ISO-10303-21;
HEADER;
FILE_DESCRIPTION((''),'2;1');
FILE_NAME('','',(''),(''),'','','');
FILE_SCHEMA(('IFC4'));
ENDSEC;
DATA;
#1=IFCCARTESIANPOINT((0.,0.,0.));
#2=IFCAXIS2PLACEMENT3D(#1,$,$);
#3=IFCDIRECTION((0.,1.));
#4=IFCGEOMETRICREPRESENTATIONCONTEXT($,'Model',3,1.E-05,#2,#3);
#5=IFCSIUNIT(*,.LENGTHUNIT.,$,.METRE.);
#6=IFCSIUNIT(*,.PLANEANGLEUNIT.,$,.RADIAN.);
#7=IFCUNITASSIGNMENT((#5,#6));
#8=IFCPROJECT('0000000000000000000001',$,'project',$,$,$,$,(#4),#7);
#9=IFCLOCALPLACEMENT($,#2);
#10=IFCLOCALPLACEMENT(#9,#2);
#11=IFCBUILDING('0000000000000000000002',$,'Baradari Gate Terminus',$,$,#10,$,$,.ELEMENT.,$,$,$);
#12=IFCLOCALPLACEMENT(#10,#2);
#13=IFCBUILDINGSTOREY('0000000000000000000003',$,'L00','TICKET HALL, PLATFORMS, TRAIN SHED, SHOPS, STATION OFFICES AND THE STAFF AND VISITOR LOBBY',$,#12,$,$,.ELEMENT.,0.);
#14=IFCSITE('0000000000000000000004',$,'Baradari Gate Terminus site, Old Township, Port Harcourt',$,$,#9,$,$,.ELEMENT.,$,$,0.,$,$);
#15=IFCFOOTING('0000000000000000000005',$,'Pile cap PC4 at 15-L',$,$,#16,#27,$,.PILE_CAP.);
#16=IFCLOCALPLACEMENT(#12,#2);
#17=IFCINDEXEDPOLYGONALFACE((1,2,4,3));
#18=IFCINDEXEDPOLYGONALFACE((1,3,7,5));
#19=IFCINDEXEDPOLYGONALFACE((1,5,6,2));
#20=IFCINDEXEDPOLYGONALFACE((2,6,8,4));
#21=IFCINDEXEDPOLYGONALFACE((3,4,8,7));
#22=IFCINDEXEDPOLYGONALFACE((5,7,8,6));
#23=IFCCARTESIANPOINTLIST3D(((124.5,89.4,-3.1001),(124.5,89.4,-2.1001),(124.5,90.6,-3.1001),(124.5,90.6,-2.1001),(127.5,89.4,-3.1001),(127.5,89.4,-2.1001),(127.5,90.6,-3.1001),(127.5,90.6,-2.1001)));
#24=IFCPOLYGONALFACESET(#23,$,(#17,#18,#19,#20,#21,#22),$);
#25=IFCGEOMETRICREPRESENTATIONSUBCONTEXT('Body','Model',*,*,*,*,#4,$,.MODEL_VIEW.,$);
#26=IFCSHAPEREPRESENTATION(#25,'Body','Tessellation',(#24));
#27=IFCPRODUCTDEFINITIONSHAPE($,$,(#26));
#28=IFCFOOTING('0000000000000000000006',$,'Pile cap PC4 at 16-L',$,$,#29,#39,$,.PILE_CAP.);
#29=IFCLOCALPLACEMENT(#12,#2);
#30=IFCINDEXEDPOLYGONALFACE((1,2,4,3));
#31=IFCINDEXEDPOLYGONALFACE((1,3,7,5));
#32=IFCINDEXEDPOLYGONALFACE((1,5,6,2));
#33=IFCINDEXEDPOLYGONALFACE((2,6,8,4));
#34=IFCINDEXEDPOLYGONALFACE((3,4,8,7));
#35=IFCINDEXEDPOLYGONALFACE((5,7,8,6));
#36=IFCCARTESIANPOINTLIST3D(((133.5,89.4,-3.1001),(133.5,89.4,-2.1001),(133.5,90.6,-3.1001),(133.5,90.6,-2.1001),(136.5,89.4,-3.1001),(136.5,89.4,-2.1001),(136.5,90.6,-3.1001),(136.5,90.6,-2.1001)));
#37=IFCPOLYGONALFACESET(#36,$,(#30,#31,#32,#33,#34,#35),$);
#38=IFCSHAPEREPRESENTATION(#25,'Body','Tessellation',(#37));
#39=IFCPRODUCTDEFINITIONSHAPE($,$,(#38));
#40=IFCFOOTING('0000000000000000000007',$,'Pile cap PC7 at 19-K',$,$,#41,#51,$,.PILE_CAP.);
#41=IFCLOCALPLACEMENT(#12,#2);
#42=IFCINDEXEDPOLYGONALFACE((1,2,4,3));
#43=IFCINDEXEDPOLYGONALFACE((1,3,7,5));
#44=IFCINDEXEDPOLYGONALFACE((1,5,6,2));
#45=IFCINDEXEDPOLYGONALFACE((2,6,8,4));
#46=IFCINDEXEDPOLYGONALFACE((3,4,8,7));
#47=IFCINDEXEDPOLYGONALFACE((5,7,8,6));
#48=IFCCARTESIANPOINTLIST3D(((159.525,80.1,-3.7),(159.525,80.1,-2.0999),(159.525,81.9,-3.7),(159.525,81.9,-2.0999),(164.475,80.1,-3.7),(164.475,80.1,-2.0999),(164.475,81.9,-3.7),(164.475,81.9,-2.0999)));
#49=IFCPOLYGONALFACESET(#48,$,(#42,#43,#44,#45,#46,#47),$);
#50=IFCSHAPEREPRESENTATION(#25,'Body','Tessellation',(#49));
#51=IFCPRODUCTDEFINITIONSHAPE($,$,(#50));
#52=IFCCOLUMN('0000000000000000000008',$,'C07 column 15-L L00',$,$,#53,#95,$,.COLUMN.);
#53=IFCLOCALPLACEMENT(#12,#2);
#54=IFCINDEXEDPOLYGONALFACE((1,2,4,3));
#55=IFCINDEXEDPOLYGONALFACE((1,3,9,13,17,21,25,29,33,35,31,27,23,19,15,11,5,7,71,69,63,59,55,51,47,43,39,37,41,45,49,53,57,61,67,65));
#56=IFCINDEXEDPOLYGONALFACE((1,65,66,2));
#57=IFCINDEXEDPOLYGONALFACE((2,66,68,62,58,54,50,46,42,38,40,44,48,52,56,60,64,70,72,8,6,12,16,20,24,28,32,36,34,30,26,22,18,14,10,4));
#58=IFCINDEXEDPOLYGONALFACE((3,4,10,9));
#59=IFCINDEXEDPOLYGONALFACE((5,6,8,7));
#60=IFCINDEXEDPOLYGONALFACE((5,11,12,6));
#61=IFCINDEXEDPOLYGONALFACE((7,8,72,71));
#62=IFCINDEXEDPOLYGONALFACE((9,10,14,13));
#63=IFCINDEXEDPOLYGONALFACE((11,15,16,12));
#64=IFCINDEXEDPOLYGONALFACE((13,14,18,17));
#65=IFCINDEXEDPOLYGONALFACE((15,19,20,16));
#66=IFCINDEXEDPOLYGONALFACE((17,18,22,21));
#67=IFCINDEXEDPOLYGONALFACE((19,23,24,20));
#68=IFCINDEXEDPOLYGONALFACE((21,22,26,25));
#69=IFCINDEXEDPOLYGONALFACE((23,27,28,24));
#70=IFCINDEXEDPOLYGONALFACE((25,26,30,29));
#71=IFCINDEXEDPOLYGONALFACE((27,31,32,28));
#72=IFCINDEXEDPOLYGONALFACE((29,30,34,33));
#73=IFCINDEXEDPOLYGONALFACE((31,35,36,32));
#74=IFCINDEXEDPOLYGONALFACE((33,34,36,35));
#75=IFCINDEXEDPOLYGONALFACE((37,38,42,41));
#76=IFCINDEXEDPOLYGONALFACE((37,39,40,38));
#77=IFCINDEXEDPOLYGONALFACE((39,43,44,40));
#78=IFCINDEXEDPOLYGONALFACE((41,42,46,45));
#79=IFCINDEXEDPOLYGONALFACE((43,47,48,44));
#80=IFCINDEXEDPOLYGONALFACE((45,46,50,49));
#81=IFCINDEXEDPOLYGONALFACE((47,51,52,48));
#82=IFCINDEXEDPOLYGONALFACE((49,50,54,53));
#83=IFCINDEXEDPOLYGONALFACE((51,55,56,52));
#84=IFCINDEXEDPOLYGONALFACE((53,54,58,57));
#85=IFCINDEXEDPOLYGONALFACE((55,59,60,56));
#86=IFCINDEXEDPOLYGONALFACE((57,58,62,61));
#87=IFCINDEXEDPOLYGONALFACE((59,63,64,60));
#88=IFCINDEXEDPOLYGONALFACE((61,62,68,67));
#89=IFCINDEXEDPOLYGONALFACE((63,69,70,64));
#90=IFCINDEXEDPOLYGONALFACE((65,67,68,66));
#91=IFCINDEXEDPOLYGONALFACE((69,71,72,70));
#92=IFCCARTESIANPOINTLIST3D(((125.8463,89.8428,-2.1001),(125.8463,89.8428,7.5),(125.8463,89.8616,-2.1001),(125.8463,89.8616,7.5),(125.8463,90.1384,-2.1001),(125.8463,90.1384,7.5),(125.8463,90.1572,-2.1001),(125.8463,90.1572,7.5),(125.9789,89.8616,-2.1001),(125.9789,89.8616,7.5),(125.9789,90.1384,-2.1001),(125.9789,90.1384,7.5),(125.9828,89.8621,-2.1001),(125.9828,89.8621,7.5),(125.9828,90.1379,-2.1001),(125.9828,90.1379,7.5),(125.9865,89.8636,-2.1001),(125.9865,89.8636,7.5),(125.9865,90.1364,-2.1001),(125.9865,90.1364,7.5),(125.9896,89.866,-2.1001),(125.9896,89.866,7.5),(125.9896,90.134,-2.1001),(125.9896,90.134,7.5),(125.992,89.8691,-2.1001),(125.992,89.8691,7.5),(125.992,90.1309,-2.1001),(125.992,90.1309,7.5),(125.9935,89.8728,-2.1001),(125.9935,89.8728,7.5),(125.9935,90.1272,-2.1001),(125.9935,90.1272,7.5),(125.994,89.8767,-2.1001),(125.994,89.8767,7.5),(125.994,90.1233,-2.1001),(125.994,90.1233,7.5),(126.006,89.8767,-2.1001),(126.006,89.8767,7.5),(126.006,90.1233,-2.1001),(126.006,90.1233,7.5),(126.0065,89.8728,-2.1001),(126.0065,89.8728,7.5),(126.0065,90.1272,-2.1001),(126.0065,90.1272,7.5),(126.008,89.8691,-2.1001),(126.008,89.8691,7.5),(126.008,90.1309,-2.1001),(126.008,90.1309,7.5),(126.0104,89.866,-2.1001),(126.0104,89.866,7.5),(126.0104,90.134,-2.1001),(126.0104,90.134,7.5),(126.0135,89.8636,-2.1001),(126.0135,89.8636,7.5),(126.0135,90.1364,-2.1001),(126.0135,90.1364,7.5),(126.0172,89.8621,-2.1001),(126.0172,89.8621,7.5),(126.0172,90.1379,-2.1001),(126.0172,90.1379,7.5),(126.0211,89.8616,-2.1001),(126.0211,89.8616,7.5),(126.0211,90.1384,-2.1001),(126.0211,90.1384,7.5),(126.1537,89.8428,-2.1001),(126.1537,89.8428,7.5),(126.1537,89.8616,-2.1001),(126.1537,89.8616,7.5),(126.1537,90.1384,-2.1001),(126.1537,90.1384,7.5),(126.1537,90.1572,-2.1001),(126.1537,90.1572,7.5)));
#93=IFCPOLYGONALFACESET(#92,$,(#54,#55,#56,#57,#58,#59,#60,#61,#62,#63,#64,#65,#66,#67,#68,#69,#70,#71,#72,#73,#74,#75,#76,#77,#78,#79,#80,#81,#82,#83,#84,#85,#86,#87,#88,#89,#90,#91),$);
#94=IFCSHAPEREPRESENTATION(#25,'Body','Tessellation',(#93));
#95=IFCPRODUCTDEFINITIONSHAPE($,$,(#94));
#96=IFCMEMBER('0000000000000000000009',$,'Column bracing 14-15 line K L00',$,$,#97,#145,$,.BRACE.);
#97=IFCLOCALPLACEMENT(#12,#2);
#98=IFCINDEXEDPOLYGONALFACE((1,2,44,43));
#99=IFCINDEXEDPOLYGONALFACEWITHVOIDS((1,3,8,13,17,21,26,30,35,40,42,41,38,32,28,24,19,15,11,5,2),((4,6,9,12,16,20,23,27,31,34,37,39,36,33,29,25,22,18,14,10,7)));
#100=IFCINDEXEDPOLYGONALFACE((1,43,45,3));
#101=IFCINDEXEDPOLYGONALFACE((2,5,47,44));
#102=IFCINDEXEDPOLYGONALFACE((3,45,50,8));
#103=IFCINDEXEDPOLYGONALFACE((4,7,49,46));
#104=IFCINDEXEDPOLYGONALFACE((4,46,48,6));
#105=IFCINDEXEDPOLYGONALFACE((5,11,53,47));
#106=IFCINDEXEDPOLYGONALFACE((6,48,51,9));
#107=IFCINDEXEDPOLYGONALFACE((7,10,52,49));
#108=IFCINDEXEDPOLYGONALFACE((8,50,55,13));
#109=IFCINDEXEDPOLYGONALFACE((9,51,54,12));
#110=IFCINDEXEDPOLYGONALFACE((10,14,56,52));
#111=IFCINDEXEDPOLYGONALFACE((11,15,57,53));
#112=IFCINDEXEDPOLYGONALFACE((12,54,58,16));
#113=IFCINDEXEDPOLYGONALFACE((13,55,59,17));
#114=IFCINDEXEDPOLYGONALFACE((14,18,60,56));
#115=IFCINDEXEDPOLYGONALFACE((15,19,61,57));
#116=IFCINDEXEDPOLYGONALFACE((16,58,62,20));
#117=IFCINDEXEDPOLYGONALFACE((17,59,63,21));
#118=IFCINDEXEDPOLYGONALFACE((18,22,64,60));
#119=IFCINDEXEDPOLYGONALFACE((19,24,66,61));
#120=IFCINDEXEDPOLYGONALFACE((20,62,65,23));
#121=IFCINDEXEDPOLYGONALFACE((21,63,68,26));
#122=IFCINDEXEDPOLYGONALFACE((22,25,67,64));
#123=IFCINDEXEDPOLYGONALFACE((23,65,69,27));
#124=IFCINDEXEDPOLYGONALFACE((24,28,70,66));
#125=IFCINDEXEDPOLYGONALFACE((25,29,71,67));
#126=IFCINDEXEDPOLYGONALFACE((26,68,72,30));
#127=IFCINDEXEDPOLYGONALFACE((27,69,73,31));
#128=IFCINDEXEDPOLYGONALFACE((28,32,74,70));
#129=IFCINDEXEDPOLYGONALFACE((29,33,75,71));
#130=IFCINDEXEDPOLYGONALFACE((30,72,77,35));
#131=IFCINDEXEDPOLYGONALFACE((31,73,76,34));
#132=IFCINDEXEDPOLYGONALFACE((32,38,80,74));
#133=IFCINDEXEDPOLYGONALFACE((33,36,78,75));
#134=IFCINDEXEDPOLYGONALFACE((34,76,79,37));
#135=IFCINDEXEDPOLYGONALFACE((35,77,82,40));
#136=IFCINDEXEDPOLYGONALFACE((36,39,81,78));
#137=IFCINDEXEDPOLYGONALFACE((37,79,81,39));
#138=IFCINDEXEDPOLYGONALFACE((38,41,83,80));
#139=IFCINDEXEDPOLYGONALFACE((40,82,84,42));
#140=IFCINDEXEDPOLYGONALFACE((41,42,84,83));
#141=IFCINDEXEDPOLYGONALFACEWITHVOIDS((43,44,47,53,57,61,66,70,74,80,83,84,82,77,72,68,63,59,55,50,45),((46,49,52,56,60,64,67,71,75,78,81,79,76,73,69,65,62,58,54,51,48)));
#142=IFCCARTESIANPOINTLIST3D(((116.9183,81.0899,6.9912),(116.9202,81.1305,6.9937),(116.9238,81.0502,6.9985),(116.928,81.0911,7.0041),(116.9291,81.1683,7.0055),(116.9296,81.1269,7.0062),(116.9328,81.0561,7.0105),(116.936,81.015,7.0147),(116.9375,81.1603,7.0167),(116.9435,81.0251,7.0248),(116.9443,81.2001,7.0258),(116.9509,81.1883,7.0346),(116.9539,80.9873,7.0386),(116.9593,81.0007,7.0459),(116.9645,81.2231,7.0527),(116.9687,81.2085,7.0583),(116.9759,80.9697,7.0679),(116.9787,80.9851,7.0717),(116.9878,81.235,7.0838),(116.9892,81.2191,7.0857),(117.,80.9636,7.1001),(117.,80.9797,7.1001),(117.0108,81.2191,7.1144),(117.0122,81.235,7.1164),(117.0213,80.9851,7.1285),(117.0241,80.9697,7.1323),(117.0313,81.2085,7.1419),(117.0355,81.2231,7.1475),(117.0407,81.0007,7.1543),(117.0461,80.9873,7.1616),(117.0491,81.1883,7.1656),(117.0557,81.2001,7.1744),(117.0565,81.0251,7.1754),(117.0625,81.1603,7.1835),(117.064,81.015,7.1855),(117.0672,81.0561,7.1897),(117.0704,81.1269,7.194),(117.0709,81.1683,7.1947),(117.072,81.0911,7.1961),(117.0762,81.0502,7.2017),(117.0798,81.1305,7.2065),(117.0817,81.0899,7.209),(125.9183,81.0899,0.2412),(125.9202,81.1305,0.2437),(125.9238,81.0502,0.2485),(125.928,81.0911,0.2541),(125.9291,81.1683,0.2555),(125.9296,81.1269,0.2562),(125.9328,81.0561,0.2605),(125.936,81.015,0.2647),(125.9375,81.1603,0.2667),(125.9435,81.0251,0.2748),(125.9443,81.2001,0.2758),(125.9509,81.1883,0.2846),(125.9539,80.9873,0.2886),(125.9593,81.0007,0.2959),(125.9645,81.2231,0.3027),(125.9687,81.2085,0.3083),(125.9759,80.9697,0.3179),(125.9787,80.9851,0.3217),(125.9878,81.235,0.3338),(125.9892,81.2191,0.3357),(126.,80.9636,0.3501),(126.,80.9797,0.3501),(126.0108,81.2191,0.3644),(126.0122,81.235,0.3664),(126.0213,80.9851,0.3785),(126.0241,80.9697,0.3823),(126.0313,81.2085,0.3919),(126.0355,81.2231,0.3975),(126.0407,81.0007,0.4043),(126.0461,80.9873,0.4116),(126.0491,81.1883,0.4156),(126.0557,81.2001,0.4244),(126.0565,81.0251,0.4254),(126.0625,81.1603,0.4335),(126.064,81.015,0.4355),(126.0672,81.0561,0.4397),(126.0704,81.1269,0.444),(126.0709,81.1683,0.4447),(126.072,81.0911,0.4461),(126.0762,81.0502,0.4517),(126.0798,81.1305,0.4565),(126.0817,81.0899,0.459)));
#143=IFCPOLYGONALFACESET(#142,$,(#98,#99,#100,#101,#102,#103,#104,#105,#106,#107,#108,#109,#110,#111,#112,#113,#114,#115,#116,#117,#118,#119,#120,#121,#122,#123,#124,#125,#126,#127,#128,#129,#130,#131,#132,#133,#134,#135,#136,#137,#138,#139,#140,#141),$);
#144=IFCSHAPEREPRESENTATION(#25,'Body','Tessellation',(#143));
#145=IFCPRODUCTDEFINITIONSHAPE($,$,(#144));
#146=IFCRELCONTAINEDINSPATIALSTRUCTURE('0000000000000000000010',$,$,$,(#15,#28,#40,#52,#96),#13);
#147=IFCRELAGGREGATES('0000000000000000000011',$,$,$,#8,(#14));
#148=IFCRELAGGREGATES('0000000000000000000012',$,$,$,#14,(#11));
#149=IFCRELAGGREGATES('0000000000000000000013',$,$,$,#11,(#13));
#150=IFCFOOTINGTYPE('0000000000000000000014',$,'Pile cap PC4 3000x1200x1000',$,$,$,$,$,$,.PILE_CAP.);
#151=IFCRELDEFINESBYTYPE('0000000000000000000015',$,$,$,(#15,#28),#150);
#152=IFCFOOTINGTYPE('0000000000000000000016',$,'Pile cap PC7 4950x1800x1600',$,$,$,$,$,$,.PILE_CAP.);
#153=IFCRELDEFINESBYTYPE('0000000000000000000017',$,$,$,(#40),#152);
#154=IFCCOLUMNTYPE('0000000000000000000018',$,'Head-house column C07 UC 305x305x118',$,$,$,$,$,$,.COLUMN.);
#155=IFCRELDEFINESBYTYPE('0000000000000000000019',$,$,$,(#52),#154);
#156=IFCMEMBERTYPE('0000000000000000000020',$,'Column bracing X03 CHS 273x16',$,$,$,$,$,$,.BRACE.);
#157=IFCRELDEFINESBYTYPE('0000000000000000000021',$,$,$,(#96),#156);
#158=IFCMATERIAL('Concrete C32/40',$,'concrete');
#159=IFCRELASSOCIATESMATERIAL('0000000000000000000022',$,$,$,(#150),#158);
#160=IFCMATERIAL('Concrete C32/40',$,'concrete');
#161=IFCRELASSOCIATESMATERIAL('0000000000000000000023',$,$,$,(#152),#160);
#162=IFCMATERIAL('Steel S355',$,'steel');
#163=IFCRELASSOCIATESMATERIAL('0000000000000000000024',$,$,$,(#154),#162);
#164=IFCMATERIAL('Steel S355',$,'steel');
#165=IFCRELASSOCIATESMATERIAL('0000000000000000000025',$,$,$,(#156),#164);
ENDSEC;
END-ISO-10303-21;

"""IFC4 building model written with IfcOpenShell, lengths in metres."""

from ifc_helpers import new_model, si_unit, direction, frame, origin, origin_2d, place, context, subcontext, project, spatial, rectangle, hollow_circle, i_section, extrude, material, material_profile, profile_set, type_object, element, save


model = new_model("IFC4")

# Units and contexts
model_context = context("Model", 3, precision=1e-05, world=origin(), true_north=direction((0.0, 1.0)))
body_context = subcontext(model_context, "Body", "Model", "MODEL_VIEW")
ifc_project = project(units=[si_unit("LENGTHUNIT", "METRE"), si_unit("PLANEANGLEUNIT", "RADIAN")], contexts=[model_context])

# Site, building, storey
site_placement = place(None, origin())
site = spatial("IfcSite", under=ifc_project, at=site_placement, Name="Baradari Gate Terminus site, Old Township, Port Harcourt", CompositionType="ELEMENT", RefElevation=0.0)
building_placement = place(site_placement, origin())
building = spatial("IfcBuilding", under=site, at=building_placement, Name="Baradari Gate Terminus", CompositionType="ELEMENT")
storey_placement = place(building_placement, origin())
storey = spatial("IfcBuildingStorey", under=building, at=storey_placement, Name="L00", Description="TICKET HALL, PLATFORMS, TRAIN SHED, SHOPS, STATION OFFICES AND THE STAFF AND VISITOR LOBBY", CompositionType="ELEMENT", Elevation=0.0)

# Footings
ifc_material_1 = material(Name="Concrete C32/40", Category="concrete")
footing_type_1 = type_object("IfcFootingType", Name="Pile cap PC4 3000x1200x1000", PredefinedType="PILE_CAP", material=ifc_material_1)
for number, where, z_axis, x_axis, name in (
    (1, (126.0, 90.0, -3.1001), (0.0, 0.0, 1.0), (1.0, 0.0, 0.0), "Pile cap PC4 at 15-L"),
    (2, (135.0, 90.0, -3.1001), (0.0, 0.0, 1.0), (1.0, 0.0, 0.0), "Pile cap PC4 at 16-L"),
):
    element("IfcFooting", number, at=place(storey_placement, frame(where, z_axis=z_axis, x_axis=x_axis)), inside=storey, type_object=footing_type_1, Name=name, PredefinedType="PILE_CAP", context=body_context, shape_type="SweptSolid", body=[
        extrude(rectangle(XDim=3.0, YDim=1.2, at=origin_2d()), origin(), (0.0, 0.0, 1.0), 1.0),
    ])
ifc_material_2 = material(Name="Concrete C32/40", Category="concrete")
footing_type_2 = type_object("IfcFootingType", Name="Pile cap PC7 4950x1800x1600", PredefinedType="PILE_CAP", material=ifc_material_2)
footing_1_placement = place(storey_placement, frame((162.0, 81.0, -3.7), z_axis=(0.0, 0.0, 1.0), x_axis=(1.0, 0.0, 0.0)))
element("IfcFooting", 3, at=footing_1_placement, inside=storey, type_object=footing_type_2, Name="Pile cap PC7 at 19-K", PredefinedType="PILE_CAP", context=body_context, shape_type="SweptSolid", body=[
    extrude(rectangle(XDim=4.95, YDim=1.8, at=origin_2d()), origin(), (0.0, 0.0, 1.0), 1.6001),
])

# Column
ifc_material_3 = material(Name="Steel S355", Category="steel")
ifc_material_profile_1 = material_profile(ifc_material_3, i_section(OverallWidth=0.3074, OverallDepth=0.3145, WebThickness=0.012, FlangeThickness=0.0188, FilletRadius=0.0151, at=origin_2d()), Name="UC 305x305x118")
ifc_profile_set_1 = profile_set([ifc_material_profile_1], Name="Steel S355")
column_type = type_object("IfcColumnType", Name="Head-house column C07 UC 305x305x118", PredefinedType="COLUMN", material=ifc_profile_set_1)
column_placement = place(storey_placement, frame((126.0, 90.0, -2.1001), z_axis=(0.0, 0.0, 1.0), x_axis=(1.0, 0.0, 0.0)))
element("IfcColumn", 4, at=column_placement, inside=storey, type_object=column_type, Name="C07 column 15-L L00", PredefinedType="COLUMN", context=body_context, shape_type="SweptSolid", body=[
    extrude(i_section(OverallWidth=0.3074, OverallDepth=0.3145, WebThickness=0.012, FlangeThickness=0.0188, FilletRadius=0.0151, at=origin_2d()), origin(), (0.0, 0.0, 1.0), 9.6001),
])

# Member
ifc_material_4 = material(Name="Steel S355", Category="steel")
ifc_material_profile_2 = material_profile(ifc_material_4, hollow_circle(Radius=0.1365, WallThickness=0.0161, at=origin_2d()), Name="CHS 273x16")
ifc_profile_set_2 = profile_set([ifc_material_profile_2], Name="Steel S355")
member_type = type_object("IfcMemberType", Name="Column bracing X03 CHS 273x16", PredefinedType="BRACE", material=ifc_profile_set_2)
member_placement = place(storey_placement, frame((126.0, 81.1001, 0.3501), z_axis=(-0.8, 0.0, 0.6), x_axis=(0.0, -1.0, 0.0)))
element("IfcMember", 5, at=member_placement, inside=storey, type_object=member_type, Name="Column bracing 14-15 line K L00", PredefinedType="BRACE", context=body_context, shape_type="SweptSolid", body=[
    extrude(hollow_circle(Radius=0.1365, WallThickness=0.0161, at=origin_2d()), origin(), (0.0, 0.0, 1.0), 11.25),
])

save(model, "model.ifc")
